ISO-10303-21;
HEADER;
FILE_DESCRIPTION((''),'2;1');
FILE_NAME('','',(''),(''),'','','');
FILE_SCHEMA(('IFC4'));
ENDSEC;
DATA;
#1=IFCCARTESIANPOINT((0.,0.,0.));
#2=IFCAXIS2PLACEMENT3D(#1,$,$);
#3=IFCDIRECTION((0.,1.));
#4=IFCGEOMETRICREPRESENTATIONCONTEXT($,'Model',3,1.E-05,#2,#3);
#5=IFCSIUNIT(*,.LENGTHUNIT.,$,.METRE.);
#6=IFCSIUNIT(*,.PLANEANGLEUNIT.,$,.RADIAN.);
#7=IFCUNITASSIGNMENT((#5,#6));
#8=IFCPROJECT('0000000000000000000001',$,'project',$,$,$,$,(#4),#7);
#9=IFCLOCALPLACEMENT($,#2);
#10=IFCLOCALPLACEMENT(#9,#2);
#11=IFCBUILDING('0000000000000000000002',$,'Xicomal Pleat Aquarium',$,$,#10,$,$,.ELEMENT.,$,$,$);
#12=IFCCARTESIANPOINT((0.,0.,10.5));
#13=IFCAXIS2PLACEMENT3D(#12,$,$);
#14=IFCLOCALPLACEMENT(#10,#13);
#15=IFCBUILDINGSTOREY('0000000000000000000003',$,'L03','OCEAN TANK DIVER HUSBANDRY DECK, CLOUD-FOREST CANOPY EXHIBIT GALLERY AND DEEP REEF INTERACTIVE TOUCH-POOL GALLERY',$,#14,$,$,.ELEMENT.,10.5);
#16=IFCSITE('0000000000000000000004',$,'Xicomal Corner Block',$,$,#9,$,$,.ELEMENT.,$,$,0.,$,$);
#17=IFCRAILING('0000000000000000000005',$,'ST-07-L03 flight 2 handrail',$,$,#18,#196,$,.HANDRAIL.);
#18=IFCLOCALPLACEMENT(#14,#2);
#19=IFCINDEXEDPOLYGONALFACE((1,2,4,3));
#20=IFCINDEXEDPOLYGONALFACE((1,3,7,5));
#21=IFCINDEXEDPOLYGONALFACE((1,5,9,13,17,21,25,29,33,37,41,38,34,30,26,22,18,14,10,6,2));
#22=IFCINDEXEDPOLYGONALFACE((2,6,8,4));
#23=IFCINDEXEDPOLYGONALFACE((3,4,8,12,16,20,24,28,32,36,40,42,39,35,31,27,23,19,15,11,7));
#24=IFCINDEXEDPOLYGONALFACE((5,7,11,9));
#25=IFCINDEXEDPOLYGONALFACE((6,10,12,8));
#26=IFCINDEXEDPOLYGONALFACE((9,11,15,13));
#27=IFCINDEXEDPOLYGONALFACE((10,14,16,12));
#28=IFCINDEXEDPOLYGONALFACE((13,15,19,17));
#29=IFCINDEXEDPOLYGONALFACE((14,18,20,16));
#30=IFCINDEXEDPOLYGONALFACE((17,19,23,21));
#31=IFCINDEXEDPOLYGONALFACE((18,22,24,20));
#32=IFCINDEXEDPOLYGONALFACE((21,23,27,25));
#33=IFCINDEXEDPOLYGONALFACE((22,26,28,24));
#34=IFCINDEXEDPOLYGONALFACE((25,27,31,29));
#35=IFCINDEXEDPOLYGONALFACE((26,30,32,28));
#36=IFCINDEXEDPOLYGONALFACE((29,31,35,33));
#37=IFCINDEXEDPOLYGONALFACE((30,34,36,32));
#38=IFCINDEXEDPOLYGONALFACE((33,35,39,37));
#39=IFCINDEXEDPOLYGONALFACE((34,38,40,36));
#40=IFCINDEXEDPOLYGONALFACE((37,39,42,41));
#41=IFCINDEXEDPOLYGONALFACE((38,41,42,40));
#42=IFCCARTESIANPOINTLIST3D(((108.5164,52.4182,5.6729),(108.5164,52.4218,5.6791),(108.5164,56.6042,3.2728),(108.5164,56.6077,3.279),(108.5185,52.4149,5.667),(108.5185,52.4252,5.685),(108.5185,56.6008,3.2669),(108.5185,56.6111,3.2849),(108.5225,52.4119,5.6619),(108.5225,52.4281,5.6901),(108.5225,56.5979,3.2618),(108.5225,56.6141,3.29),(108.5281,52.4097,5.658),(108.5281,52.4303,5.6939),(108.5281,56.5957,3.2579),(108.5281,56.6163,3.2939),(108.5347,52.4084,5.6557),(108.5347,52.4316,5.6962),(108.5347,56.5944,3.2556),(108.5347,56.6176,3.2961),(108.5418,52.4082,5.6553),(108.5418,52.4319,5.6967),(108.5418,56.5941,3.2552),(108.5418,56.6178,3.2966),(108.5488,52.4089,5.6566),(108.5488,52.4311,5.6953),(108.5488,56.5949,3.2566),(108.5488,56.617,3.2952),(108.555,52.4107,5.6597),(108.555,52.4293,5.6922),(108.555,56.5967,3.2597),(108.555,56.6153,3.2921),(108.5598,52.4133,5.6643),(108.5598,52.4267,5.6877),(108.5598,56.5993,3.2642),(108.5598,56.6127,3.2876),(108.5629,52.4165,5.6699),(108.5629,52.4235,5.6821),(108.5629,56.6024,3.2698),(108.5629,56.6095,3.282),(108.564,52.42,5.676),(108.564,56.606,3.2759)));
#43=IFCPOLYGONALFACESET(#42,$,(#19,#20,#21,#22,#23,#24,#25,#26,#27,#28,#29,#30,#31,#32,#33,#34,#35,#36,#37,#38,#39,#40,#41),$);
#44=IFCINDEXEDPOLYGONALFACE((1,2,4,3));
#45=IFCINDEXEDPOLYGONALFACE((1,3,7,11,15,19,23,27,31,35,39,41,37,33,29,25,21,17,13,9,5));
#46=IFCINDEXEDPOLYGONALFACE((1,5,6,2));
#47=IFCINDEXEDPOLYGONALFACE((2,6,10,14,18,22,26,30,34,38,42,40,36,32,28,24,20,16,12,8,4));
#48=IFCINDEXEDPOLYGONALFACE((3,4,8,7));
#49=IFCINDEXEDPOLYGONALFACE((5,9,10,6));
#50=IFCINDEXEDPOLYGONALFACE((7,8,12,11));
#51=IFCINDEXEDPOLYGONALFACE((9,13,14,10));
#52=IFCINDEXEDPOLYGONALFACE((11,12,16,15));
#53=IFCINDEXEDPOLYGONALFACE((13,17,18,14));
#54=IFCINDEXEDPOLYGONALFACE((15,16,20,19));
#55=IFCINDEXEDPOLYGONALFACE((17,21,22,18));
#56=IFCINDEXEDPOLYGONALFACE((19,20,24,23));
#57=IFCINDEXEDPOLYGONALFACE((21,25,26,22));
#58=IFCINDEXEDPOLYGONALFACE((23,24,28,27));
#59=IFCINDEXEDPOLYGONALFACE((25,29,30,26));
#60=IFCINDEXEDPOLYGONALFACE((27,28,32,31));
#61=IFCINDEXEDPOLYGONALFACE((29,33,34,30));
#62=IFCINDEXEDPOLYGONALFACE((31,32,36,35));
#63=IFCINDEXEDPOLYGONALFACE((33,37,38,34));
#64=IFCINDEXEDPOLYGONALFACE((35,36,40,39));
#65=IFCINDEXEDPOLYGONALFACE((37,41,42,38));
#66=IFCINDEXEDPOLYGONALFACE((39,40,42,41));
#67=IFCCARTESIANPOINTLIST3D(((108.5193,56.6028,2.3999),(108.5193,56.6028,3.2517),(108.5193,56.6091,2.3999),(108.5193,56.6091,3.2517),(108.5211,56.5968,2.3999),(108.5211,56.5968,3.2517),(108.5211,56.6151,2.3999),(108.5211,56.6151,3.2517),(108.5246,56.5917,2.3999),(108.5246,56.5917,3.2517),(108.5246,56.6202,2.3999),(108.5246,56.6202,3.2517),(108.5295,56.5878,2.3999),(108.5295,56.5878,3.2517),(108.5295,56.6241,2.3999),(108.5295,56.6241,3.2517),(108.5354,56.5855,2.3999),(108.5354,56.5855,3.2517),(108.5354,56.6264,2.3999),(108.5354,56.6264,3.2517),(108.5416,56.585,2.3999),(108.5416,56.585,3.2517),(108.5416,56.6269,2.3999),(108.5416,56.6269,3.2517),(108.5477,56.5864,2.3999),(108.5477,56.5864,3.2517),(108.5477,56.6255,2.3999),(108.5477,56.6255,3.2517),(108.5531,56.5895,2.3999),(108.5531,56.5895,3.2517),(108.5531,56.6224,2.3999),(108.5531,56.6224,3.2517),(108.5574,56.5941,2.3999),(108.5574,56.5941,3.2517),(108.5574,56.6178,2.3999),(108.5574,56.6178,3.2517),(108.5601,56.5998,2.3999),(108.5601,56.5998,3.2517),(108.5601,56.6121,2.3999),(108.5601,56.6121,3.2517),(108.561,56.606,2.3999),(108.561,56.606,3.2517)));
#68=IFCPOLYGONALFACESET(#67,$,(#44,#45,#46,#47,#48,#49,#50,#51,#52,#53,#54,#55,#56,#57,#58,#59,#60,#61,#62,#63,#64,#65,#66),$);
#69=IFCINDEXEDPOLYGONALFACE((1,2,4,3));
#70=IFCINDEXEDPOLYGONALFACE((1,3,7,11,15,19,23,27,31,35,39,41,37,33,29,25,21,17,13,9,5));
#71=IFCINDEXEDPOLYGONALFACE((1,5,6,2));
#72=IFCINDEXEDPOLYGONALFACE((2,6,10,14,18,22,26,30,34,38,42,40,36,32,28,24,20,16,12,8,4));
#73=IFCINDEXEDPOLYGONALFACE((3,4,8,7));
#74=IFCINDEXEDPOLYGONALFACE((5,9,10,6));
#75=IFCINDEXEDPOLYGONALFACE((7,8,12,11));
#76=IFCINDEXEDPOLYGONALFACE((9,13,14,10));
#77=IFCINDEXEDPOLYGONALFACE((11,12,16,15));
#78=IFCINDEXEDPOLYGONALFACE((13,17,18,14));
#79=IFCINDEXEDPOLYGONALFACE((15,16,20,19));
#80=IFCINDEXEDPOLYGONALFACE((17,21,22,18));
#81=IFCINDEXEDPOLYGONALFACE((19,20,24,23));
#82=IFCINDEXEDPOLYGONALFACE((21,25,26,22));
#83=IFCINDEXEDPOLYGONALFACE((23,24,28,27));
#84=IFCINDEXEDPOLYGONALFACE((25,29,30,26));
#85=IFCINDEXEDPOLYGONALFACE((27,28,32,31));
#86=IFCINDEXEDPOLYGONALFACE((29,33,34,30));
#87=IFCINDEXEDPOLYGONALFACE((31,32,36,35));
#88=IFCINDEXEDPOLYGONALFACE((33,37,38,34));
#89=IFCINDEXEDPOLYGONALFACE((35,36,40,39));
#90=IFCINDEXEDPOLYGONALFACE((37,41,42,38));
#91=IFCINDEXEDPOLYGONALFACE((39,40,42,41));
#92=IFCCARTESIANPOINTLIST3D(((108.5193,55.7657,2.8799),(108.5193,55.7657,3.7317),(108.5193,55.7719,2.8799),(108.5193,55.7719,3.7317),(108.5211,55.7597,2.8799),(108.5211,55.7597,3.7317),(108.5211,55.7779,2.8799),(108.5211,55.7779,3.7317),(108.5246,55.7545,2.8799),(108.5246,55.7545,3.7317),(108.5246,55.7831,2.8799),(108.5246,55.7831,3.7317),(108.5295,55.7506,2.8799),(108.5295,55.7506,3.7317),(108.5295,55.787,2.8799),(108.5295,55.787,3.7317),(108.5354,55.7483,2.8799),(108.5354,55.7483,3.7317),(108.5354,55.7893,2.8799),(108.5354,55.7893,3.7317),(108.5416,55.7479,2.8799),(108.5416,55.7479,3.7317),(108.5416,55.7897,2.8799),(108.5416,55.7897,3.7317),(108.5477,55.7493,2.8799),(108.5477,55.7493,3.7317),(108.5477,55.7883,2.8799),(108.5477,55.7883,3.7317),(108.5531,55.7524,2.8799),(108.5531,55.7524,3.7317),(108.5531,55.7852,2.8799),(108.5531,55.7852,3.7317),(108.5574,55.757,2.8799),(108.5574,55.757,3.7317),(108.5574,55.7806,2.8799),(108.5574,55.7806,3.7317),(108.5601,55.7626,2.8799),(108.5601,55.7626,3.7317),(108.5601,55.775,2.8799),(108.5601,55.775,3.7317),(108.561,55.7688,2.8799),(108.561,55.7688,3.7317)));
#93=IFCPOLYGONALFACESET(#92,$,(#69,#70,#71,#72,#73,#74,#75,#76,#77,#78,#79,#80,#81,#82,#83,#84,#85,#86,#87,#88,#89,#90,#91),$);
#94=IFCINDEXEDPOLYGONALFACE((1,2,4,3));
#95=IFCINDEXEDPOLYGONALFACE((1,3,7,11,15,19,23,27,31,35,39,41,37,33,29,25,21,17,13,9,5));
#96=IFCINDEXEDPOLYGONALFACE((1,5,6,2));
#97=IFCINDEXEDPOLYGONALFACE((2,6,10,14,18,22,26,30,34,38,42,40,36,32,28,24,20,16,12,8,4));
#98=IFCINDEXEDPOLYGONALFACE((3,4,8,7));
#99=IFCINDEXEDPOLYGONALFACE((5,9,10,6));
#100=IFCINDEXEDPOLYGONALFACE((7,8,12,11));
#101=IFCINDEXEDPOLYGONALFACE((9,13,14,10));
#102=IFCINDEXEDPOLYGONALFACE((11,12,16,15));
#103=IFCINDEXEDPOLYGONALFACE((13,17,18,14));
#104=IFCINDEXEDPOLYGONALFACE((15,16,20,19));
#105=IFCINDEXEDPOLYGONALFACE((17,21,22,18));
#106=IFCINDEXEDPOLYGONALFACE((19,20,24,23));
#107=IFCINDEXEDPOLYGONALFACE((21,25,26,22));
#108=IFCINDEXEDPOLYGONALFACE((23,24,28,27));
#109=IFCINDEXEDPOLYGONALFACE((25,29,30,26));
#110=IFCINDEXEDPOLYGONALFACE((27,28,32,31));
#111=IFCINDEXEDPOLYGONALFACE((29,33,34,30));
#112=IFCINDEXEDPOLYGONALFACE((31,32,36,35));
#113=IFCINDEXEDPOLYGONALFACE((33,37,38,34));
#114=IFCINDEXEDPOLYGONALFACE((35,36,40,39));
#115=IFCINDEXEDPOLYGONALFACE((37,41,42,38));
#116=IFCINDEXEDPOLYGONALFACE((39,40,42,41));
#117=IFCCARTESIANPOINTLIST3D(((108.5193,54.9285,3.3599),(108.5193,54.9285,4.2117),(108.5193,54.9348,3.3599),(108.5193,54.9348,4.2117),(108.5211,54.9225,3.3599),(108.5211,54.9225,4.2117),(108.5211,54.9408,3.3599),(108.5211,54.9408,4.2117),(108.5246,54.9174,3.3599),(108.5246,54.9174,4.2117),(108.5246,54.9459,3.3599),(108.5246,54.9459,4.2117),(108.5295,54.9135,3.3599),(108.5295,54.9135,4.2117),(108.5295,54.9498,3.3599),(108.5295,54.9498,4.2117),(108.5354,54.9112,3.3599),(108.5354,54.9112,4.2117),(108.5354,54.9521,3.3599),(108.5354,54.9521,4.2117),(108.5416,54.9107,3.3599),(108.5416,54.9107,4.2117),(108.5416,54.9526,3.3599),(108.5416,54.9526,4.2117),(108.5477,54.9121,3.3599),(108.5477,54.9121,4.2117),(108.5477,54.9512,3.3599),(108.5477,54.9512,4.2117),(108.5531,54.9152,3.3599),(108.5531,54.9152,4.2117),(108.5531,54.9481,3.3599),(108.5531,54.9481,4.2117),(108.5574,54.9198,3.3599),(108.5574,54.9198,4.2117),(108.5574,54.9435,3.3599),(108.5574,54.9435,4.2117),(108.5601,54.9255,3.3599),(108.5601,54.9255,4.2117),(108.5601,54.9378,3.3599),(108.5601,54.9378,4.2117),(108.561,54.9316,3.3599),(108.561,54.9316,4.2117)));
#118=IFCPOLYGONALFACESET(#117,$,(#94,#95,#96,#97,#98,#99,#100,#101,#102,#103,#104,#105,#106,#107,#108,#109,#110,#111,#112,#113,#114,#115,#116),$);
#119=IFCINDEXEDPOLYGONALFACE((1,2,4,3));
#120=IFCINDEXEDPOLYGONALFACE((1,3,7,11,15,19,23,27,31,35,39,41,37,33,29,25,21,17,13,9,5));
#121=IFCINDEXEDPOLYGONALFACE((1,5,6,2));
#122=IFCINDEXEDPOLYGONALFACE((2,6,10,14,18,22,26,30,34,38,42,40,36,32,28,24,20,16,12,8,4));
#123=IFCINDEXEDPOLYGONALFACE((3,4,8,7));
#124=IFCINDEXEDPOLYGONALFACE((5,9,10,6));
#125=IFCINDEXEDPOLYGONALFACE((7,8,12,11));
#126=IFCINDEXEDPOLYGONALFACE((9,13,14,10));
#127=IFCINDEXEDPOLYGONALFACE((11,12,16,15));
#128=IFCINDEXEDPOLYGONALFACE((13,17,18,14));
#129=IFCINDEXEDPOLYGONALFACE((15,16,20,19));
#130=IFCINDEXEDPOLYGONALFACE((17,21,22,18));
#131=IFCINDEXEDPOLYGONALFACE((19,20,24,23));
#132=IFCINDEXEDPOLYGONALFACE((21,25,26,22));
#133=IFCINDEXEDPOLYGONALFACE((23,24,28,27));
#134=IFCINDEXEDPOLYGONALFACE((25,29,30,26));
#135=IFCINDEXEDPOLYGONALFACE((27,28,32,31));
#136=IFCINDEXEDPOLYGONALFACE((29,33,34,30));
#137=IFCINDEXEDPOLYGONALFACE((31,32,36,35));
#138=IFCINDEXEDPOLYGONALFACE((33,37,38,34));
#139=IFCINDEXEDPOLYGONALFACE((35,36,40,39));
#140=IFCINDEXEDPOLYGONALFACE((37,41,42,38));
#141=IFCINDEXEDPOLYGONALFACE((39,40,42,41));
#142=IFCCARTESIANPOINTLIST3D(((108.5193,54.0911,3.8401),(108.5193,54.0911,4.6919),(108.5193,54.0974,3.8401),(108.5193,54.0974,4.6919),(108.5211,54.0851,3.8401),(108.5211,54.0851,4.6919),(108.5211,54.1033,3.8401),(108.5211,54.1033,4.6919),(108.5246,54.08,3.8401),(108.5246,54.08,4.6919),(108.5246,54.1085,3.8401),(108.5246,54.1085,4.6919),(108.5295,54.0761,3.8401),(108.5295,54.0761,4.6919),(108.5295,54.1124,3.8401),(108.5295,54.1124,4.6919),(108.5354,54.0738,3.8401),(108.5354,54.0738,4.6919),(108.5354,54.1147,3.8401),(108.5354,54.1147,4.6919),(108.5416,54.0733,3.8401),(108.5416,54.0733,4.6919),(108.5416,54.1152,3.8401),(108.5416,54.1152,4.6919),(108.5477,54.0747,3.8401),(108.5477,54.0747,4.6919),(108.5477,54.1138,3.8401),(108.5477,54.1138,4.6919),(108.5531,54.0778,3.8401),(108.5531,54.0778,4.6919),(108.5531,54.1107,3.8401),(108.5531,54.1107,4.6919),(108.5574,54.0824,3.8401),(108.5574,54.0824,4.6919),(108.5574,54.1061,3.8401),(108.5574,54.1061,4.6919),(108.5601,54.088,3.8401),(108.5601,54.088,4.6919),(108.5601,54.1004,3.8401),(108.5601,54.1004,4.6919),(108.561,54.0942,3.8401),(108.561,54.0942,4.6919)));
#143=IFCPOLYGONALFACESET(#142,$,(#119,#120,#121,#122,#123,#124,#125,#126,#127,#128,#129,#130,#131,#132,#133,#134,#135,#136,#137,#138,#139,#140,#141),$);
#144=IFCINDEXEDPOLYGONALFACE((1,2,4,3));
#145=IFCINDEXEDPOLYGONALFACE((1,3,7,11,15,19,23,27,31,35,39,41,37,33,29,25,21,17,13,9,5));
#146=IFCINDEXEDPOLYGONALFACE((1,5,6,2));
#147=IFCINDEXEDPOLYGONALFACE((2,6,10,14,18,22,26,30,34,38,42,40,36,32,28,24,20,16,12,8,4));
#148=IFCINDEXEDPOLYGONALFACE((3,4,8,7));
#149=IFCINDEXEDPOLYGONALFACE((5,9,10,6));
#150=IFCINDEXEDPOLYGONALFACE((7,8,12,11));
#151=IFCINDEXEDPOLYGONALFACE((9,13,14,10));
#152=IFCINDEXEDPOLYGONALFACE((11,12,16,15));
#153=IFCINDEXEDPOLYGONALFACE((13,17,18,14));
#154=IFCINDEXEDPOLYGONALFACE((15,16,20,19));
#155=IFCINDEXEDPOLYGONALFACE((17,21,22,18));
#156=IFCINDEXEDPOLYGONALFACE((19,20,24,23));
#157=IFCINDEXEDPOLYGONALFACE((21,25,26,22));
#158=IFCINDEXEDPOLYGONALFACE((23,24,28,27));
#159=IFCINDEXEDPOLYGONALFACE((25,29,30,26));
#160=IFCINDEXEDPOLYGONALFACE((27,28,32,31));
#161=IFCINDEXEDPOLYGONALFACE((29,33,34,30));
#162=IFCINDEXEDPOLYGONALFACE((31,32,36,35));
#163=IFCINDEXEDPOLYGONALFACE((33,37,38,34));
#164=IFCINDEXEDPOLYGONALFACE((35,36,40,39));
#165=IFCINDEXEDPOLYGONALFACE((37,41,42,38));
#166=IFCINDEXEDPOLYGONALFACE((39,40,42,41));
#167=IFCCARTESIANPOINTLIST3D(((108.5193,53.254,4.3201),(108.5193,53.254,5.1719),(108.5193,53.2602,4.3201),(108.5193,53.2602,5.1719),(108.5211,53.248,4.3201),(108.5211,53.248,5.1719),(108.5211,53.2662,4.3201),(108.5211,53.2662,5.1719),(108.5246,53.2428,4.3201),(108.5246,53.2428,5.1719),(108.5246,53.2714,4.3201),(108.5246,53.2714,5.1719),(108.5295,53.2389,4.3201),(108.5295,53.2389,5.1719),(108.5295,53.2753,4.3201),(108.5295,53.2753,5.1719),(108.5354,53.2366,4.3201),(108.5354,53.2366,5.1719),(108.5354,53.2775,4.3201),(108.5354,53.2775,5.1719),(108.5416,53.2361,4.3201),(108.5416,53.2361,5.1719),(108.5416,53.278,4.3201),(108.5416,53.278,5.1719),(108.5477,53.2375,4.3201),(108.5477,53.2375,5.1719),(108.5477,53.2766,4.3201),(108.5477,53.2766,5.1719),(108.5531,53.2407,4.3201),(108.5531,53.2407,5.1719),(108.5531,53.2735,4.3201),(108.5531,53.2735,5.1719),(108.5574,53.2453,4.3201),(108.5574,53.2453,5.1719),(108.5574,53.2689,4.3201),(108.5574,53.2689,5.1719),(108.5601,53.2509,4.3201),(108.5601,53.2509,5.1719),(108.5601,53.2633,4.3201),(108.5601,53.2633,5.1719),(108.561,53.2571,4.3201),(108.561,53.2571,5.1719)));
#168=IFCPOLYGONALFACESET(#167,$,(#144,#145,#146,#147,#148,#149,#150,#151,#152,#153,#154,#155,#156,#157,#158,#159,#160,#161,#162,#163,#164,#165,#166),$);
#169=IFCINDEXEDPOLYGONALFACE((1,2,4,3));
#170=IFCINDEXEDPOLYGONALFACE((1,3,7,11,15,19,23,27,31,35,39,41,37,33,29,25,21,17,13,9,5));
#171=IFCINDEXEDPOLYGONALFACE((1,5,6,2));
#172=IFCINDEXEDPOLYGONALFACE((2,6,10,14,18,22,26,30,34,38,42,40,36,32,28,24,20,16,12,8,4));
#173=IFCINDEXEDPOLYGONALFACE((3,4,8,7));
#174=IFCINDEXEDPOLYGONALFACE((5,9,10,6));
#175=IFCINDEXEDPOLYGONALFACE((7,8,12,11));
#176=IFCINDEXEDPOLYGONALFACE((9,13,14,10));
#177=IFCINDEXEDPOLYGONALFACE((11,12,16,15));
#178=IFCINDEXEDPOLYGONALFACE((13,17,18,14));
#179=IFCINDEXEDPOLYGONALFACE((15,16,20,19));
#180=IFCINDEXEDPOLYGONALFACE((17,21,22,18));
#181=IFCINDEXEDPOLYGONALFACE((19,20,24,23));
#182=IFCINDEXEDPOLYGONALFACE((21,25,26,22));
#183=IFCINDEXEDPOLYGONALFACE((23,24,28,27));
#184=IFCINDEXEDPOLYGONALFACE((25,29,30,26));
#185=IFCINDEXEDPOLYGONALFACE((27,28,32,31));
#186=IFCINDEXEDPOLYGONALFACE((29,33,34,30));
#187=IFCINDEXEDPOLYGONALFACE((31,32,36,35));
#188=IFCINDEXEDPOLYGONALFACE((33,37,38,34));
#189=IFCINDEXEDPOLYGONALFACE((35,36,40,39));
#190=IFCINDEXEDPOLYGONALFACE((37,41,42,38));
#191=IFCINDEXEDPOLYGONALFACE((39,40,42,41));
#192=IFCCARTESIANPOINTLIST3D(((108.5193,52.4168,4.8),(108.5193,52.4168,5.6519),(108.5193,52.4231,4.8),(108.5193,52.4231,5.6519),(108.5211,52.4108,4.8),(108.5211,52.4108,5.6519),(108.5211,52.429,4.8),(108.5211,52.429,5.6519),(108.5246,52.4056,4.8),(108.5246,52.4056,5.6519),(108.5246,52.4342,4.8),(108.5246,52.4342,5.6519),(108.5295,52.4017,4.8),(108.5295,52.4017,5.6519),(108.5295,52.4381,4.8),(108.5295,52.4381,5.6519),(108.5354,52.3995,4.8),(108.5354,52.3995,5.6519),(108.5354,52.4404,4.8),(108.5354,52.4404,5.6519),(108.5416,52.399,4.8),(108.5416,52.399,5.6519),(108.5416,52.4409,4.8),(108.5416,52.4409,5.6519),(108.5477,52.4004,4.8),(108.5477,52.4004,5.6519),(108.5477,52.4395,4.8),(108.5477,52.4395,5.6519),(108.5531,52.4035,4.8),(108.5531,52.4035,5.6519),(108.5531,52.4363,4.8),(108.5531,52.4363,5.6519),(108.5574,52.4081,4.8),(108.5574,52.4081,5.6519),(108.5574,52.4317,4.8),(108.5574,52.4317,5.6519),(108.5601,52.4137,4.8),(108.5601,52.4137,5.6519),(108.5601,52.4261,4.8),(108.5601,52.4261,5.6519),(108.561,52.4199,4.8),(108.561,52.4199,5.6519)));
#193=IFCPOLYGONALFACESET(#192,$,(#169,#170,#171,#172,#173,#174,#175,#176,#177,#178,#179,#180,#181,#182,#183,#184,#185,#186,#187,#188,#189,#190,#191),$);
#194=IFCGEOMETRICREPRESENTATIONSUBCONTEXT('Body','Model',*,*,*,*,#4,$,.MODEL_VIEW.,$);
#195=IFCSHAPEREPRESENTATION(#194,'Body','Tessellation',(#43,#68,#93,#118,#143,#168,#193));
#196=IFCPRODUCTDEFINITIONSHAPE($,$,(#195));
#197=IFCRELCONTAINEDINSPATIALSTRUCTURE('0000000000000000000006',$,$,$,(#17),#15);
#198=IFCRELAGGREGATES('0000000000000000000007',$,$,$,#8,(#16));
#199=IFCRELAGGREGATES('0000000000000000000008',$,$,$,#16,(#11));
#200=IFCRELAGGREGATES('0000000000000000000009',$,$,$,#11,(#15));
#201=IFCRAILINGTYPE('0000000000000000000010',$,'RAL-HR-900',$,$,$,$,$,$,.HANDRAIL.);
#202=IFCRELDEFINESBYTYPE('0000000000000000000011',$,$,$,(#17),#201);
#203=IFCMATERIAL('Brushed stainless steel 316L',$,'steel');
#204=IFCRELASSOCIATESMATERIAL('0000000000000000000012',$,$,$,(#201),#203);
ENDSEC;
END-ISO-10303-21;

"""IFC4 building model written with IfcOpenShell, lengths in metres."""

from ifc_helpers import new_model, si_unit, direction, frame, origin, origin_2d, place, context, subcontext, project, spatial, circle, extrude, material, type_object, element, save


model = new_model("IFC4")

# Units and contexts
model_context = context("Model", 3, precision=1e-05, world=origin(), true_north=direction((0.0, 1.0)))
body_context = subcontext(model_context, "Body", "Model", "MODEL_VIEW")
ifc_project = project(units=[si_unit("LENGTHUNIT", "METRE"), si_unit("PLANEANGLEUNIT", "RADIAN")], contexts=[model_context])

# Site, building, storey
site_placement = place(None, origin())
site = spatial("IfcSite", under=ifc_project, at=site_placement, Name="Xicomal Corner Block", CompositionType="ELEMENT", RefElevation=0.0)
building_placement = place(site_placement, origin())
building = spatial("IfcBuilding", under=site, at=building_placement, Name="Xicomal Pleat Aquarium", CompositionType="ELEMENT")
storey_placement = place(building_placement, frame((0.0, 0.0, 10.5)))
storey = spatial("IfcBuildingStorey", under=building, at=storey_placement, Name="L03", Description="OCEAN TANK DIVER HUSBANDRY DECK, CLOUD-FOREST CANOPY EXHIBIT GALLERY AND DEEP REEF INTERACTIVE TOUCH-POOL GALLERY", CompositionType="ELEMENT", Elevation=10.5)

# Railing
ifc_material_1 = material(Name="Brushed stainless steel 316L", Category="steel")
railing_type_1 = type_object("IfcRailingType", Name="RAL-HR-900", PredefinedType="HANDRAIL", material=ifc_material_1)
railing_1_placement = place(storey_placement, frame((108.54, 56.606, 2.3999)))
element("IfcRailing", 1, at=railing_1_placement, inside=storey, type_object=railing_type_1, Name="ST-07-L03 flight 2 handrail", PredefinedType="HANDRAIL", context=body_context, shape_type="SweptSolid", body=[
    extrude(circle(Radius=0.0239, at=origin_2d()), frame((0.0, 0.0, 0.876), z_axis=(0.0, -0.867517, 0.497408), x_axis=(1.0, 0.0, 0.0)), (0.0, 0.0, 1.0), 4.8252),
    extrude(circle(Radius=0.021, at=origin_2d()), origin(), (0.0, 0.0, 1.0), 0.8518),
    extrude(circle(Radius=0.021, at=origin_2d()), frame((0.0, -0.8372, 0.48)), (0.0, 0.0, 1.0), 0.8518),
    extrude(circle(Radius=0.021, at=origin_2d()), frame((0.0, -1.6743, 0.96)), (0.0, 0.0, 1.0), 0.8518),
    extrude(circle(Radius=0.021, at=origin_2d()), frame((0.0, -2.5117, 1.4402)), (0.0, 0.0, 1.0), 0.8518),
    extrude(circle(Radius=0.021, at=origin_2d()), frame((0.0, -3.3489, 1.9202)), (0.0, 0.0, 1.0), 0.8518),
    extrude(circle(Radius=0.021, at=origin_2d()), frame((0.0, -4.186, 2.4001)), (0.0, 0.0, 1.0), 0.8518),
])

save(model, "model.ifc")
